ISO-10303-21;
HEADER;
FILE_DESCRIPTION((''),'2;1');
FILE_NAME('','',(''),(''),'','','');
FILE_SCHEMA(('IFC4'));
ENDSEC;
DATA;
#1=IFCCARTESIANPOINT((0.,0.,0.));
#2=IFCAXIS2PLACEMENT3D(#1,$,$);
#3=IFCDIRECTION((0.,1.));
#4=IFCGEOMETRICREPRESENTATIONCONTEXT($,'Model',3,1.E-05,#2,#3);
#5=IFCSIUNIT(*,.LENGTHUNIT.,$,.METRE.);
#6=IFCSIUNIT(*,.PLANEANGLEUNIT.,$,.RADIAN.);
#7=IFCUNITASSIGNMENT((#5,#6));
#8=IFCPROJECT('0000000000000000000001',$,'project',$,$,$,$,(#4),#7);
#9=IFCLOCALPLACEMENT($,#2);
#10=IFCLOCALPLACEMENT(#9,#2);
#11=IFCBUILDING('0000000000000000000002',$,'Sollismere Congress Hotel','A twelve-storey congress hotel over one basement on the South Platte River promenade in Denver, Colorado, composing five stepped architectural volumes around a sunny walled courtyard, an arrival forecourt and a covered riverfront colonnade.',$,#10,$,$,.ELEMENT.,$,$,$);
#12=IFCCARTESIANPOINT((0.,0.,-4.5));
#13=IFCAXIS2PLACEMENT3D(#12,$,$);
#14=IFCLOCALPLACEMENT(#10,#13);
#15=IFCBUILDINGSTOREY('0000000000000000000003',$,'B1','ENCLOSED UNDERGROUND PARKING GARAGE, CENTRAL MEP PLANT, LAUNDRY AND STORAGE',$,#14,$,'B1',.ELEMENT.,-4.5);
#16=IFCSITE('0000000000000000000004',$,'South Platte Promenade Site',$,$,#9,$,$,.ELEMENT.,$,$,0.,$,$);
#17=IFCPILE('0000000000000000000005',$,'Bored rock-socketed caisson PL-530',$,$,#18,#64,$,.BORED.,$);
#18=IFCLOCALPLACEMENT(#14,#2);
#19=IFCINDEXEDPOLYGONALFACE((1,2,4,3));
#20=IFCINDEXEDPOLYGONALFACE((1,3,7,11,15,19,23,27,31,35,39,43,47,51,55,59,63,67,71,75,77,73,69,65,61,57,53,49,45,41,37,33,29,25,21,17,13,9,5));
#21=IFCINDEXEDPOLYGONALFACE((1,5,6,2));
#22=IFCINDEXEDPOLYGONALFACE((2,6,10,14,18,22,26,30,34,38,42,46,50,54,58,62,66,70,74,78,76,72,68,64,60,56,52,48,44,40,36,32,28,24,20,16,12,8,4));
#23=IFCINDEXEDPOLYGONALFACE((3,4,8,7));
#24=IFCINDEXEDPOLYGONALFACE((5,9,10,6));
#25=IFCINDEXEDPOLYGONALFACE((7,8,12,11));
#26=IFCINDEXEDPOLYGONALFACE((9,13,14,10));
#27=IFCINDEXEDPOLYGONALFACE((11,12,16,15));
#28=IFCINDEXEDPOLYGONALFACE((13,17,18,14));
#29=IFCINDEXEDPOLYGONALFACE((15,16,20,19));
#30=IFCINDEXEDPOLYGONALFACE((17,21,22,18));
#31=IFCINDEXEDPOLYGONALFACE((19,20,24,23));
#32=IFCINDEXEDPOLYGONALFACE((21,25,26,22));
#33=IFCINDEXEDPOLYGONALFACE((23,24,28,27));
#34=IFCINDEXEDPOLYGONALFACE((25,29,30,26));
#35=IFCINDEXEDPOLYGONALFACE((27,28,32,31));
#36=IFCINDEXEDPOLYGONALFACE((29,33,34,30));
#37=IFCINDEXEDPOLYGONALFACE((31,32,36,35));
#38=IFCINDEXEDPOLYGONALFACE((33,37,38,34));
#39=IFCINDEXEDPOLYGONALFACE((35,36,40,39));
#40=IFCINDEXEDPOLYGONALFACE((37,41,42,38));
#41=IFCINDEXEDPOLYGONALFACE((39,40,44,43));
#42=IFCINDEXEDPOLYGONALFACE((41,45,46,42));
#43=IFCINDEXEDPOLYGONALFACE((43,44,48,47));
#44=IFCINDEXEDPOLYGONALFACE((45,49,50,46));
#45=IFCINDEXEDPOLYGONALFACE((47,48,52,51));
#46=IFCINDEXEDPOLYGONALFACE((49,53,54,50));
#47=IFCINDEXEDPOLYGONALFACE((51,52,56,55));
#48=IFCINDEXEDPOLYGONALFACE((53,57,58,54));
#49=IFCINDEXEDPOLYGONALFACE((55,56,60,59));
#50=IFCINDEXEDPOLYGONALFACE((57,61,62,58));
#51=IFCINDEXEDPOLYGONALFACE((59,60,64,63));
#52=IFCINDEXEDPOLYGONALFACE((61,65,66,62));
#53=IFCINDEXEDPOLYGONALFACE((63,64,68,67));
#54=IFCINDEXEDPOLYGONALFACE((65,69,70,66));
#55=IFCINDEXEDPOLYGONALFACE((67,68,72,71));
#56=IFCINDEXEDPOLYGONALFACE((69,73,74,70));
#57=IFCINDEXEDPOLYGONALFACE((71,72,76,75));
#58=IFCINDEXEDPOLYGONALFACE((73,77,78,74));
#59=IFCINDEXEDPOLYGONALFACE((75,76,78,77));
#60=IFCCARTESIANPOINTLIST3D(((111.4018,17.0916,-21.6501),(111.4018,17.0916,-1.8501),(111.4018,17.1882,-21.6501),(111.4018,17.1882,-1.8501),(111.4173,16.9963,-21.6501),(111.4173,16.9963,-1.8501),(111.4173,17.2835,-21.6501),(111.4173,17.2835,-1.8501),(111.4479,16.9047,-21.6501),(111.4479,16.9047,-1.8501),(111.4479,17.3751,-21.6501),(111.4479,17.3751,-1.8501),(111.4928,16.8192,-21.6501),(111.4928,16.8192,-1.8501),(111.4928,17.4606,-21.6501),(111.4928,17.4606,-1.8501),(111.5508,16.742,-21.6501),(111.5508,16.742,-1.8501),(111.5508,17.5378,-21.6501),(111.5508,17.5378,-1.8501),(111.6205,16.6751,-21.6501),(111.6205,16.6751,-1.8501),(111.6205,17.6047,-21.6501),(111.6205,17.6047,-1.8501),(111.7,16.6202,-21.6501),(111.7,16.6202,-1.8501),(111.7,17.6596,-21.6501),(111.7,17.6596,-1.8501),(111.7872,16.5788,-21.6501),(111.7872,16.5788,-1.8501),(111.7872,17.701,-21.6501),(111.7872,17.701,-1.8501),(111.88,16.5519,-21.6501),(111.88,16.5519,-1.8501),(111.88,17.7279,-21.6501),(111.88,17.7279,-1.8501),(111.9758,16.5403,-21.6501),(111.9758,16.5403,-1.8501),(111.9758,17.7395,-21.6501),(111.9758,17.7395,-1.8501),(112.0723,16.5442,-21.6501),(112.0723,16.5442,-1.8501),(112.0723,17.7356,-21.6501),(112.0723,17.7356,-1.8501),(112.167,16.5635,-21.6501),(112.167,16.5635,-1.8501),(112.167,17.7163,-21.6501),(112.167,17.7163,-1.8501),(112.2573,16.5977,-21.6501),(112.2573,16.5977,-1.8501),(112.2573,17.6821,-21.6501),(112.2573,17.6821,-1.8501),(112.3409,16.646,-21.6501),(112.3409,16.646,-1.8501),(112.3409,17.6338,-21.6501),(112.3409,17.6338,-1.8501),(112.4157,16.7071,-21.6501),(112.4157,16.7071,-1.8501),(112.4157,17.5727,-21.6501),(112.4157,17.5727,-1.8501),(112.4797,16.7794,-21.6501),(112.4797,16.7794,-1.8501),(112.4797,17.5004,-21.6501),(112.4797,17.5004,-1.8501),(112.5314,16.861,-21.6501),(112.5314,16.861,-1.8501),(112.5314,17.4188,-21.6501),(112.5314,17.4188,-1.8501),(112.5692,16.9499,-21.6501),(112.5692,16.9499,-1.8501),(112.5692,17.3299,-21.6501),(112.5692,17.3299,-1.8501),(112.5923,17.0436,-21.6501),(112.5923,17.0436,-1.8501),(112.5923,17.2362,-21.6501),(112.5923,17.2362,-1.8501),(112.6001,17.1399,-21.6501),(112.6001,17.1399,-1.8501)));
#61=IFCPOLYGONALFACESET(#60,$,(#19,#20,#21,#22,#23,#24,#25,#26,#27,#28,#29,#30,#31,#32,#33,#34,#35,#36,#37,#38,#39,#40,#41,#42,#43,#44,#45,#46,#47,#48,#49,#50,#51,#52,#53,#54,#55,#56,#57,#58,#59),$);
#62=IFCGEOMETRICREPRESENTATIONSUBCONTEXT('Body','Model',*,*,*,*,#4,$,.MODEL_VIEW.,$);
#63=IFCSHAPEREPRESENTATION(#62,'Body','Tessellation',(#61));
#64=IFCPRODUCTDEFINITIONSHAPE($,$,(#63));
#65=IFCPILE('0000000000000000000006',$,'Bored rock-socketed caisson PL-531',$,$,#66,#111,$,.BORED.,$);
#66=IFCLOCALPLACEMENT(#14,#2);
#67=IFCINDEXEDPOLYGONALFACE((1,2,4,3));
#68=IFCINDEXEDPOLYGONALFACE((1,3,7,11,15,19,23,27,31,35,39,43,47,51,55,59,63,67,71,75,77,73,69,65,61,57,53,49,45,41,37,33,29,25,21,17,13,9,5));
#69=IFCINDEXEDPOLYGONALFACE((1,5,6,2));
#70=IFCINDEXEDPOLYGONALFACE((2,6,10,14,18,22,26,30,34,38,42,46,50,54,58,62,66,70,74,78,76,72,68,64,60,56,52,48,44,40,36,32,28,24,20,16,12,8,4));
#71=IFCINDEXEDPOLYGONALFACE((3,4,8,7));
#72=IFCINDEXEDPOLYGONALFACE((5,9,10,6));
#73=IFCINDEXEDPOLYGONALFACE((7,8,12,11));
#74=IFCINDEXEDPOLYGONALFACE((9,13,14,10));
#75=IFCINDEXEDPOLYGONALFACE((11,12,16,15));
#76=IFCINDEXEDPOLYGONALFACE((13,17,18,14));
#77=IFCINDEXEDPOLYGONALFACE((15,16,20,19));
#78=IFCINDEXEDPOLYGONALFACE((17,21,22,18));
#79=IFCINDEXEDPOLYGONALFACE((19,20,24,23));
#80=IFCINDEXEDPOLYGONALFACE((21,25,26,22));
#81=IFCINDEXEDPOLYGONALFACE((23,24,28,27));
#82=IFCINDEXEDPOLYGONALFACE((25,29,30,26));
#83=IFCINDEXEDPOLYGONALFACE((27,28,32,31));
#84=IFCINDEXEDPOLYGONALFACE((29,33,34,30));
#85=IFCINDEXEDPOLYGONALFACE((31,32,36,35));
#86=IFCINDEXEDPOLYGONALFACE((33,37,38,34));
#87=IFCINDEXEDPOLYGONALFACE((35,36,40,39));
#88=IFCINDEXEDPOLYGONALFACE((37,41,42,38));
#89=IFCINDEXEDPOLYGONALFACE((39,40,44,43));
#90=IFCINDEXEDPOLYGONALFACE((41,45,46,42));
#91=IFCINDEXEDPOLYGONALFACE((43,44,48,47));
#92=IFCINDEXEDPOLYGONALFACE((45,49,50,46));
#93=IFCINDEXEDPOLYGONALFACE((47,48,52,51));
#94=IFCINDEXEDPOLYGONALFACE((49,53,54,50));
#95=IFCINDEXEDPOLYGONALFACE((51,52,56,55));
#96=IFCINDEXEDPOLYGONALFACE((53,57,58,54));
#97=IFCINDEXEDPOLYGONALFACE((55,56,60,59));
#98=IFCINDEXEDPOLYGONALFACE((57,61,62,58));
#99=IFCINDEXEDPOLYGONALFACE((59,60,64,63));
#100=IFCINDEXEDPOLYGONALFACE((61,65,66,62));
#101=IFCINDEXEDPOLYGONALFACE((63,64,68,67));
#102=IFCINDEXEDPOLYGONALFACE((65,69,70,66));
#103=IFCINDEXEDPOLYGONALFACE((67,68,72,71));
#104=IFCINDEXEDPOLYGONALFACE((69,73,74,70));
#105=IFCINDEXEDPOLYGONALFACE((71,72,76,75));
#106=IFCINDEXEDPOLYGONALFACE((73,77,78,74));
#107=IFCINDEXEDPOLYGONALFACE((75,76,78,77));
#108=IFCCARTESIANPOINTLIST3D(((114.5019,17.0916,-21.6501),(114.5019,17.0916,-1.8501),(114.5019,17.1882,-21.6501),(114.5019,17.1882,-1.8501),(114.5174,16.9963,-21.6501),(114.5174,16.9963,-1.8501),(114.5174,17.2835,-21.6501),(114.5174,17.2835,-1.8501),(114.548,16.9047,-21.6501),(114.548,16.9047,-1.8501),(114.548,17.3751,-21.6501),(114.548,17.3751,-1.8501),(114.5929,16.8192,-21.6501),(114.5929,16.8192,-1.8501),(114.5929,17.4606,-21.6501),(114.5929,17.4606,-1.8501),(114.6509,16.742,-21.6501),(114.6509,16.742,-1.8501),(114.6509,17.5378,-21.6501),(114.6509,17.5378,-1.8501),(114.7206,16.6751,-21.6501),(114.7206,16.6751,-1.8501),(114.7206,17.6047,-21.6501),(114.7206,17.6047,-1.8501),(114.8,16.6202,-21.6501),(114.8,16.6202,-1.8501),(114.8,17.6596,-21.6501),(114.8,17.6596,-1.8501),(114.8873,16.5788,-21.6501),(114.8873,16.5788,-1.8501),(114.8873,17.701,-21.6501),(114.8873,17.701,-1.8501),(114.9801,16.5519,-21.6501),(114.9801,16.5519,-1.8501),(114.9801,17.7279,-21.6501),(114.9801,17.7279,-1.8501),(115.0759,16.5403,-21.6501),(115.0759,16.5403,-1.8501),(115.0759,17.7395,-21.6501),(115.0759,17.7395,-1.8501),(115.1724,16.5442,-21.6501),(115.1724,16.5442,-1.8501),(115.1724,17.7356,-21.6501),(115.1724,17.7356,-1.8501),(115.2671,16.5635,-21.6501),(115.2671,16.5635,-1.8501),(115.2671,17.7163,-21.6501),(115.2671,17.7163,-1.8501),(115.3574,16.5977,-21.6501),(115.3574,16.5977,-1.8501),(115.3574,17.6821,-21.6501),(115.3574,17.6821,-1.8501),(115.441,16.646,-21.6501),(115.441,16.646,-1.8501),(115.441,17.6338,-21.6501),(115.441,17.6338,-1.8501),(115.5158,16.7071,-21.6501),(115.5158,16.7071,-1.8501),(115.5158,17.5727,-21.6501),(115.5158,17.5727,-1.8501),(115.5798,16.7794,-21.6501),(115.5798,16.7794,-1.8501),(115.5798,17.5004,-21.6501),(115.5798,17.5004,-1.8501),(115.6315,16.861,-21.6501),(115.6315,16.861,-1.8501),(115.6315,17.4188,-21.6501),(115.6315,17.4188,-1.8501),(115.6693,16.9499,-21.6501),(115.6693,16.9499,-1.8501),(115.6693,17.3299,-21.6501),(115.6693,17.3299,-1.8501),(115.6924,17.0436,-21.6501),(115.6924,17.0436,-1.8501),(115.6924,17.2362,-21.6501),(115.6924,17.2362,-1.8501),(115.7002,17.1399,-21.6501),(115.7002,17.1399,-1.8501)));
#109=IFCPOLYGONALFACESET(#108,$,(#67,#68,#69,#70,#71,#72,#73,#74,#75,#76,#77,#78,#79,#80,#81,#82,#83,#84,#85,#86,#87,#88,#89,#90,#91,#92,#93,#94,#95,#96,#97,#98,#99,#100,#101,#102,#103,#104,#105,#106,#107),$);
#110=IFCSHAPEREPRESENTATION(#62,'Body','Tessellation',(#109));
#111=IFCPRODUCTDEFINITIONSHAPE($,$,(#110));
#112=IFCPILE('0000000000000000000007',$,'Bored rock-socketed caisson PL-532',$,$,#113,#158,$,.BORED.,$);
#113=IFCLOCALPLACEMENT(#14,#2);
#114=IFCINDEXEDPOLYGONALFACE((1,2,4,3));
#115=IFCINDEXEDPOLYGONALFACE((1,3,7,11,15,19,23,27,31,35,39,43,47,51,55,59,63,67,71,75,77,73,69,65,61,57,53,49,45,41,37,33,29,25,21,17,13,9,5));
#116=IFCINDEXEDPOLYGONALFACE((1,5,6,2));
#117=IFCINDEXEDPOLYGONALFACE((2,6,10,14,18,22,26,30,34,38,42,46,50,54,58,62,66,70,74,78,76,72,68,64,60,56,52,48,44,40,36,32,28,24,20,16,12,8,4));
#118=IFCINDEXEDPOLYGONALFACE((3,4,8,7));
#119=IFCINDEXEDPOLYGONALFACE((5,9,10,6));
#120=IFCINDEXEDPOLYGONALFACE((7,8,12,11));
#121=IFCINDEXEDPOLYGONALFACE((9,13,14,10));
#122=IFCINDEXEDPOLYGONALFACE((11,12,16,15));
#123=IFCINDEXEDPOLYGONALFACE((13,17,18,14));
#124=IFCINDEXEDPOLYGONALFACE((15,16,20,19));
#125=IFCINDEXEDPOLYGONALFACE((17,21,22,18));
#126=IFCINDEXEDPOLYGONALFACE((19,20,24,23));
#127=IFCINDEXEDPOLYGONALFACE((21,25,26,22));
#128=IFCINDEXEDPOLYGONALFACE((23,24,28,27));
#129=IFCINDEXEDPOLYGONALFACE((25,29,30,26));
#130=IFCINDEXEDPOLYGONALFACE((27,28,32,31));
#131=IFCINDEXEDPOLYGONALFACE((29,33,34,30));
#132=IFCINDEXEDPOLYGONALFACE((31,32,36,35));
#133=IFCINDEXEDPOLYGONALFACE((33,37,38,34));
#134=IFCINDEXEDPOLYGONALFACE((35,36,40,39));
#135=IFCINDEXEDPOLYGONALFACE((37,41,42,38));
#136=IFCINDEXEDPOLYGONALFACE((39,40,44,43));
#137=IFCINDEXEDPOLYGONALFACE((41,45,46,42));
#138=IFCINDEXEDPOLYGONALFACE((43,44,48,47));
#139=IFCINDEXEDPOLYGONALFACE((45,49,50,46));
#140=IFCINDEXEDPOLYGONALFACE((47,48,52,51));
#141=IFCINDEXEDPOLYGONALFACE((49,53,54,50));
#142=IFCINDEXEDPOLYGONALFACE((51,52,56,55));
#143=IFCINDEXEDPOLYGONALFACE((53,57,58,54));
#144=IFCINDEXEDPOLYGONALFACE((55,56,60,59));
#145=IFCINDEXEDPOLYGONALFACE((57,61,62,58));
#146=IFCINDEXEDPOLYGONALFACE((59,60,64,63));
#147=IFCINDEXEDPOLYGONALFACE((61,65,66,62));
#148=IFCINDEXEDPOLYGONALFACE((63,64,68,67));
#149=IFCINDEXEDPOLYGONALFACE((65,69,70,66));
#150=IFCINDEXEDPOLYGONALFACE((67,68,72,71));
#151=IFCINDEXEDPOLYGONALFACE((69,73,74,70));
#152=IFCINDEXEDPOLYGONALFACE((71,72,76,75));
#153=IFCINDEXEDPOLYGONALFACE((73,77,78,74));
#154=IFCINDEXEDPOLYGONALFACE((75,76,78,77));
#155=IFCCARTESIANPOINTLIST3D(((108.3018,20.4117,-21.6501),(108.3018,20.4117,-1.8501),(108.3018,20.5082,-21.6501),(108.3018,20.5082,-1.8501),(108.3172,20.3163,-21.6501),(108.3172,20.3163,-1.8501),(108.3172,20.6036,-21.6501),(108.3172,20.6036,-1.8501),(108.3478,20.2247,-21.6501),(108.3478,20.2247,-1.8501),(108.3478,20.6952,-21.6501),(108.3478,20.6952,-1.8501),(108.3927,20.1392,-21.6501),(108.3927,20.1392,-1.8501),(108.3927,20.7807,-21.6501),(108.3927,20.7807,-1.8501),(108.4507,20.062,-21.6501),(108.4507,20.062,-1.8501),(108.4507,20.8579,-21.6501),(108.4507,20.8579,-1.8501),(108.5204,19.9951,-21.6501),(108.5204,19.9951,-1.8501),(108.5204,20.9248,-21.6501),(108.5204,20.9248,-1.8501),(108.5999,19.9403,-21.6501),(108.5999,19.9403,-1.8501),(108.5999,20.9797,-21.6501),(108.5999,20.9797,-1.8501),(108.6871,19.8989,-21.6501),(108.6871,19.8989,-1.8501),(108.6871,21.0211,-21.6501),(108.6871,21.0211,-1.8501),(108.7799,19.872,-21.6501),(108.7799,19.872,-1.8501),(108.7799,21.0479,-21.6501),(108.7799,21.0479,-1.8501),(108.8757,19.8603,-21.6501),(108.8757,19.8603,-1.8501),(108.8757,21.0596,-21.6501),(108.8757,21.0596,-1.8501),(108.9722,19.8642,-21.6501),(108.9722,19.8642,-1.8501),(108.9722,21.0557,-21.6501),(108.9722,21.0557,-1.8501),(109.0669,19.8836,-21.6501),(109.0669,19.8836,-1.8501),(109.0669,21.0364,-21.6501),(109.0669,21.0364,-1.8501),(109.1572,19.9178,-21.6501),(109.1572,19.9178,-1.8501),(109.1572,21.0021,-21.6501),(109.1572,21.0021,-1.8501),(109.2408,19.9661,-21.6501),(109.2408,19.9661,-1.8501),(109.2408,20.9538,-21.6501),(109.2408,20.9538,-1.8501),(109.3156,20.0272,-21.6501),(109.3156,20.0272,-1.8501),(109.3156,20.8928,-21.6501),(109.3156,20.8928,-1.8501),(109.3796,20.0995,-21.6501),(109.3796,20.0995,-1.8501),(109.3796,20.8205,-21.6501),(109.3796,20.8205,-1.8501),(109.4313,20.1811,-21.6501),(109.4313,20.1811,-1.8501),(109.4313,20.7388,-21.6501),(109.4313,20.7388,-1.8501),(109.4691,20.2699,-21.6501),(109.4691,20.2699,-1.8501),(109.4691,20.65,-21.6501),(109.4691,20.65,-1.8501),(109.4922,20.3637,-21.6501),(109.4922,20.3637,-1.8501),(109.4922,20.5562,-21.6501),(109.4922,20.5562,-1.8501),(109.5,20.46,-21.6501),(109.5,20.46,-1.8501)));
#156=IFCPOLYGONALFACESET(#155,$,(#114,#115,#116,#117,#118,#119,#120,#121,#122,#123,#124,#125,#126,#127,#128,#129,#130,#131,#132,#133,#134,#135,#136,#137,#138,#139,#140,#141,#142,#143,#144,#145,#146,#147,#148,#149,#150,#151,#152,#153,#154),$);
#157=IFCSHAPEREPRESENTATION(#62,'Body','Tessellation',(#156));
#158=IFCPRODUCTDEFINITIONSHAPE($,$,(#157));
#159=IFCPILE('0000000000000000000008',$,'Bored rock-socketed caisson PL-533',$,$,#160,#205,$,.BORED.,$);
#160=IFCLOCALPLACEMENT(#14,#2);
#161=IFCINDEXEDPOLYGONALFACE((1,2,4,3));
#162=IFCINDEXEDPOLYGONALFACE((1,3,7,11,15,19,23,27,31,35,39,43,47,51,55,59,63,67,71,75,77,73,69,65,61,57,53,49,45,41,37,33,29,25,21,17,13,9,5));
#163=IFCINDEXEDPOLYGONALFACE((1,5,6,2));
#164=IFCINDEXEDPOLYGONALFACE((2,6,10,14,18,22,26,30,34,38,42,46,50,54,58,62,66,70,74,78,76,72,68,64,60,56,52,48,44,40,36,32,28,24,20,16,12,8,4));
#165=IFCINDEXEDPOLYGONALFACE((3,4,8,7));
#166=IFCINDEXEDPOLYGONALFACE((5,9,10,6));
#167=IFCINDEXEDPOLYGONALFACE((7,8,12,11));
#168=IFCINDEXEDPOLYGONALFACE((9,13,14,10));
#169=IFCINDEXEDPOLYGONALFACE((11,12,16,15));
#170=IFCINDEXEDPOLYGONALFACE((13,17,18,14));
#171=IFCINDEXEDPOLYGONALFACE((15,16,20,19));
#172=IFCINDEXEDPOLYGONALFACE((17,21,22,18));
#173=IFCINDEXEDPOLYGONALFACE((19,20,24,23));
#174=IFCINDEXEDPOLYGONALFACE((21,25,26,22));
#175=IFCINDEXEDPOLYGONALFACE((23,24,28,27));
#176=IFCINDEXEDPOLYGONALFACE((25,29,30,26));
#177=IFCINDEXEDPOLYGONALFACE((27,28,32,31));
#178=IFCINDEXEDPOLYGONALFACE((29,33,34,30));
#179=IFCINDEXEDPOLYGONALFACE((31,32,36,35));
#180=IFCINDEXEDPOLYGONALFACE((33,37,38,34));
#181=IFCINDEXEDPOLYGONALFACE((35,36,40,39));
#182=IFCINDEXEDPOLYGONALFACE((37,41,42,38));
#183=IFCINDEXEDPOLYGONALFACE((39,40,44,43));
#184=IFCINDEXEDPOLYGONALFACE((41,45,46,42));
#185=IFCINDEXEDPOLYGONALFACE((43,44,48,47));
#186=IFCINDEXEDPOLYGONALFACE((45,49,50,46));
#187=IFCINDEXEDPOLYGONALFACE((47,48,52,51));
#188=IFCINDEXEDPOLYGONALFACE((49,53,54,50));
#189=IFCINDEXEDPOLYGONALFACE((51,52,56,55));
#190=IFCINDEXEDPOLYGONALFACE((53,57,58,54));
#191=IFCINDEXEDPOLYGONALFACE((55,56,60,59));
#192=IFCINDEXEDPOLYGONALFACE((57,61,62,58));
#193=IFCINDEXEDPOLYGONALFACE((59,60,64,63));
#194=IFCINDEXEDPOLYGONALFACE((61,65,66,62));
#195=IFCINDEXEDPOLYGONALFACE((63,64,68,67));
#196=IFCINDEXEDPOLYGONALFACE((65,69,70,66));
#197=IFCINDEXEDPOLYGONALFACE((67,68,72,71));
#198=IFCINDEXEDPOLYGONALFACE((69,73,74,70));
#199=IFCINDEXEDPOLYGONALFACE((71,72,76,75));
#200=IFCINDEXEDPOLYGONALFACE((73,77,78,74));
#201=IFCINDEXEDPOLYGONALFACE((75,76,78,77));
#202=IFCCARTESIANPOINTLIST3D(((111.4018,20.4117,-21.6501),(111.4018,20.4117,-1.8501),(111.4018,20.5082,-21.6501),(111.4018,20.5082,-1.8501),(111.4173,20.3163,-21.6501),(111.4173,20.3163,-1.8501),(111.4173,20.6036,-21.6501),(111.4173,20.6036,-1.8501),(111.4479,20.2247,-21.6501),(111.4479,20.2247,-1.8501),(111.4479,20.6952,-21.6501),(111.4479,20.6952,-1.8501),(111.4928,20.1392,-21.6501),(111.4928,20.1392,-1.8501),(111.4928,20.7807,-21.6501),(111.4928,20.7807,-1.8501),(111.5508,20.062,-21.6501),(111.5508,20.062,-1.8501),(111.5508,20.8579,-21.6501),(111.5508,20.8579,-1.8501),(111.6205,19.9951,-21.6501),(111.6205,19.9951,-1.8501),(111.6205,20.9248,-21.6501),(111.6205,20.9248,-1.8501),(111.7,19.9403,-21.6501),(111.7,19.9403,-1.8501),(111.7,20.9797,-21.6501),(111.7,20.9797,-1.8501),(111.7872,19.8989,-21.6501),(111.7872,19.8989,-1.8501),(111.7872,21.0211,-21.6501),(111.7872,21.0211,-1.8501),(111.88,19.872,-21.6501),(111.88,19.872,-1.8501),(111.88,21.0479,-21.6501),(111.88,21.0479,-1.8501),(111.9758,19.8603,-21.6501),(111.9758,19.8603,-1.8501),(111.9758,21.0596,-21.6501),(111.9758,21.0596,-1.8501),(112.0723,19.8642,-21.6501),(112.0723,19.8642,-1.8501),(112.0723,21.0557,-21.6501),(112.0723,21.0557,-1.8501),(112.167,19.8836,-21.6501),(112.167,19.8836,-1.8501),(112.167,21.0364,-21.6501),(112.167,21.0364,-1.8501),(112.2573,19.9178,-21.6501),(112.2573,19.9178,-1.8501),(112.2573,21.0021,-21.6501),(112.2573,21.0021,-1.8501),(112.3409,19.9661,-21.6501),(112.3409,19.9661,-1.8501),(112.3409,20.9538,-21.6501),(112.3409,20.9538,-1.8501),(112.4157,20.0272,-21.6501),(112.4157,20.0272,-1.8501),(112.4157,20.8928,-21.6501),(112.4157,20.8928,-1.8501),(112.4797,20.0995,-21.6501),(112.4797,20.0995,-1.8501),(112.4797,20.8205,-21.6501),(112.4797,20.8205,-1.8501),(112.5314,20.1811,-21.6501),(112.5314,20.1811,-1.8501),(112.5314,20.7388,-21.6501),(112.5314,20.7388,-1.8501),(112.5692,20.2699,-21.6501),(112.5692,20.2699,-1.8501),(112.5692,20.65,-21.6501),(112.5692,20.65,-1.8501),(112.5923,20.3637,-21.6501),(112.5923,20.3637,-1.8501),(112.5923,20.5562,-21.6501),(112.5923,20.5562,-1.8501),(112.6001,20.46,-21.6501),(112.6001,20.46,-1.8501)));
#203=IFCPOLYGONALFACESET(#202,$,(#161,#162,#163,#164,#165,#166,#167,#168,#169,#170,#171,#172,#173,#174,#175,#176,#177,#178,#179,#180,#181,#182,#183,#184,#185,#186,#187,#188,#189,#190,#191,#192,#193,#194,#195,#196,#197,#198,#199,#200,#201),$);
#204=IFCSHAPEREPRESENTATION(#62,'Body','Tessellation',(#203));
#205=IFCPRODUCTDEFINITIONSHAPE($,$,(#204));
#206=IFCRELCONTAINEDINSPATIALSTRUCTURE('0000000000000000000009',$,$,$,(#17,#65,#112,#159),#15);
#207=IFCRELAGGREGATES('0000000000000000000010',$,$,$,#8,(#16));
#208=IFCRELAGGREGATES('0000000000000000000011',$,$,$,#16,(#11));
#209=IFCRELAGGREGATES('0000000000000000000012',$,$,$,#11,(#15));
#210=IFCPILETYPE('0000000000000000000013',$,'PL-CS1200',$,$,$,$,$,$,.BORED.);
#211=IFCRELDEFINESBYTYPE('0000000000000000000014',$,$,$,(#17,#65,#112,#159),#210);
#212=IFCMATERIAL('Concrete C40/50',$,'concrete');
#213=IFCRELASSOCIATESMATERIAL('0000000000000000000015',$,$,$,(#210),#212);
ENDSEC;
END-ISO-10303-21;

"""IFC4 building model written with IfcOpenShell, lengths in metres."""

from ifc_helpers import new_model, si_unit, direction, frame, origin, origin_2d, place, context, subcontext, project, spatial, circle, extrude, material, material_profile, profile_set, type_object, element, save


model = new_model("IFC4")

# Units and contexts
model_context = context("Model", 3, precision=1e-05, world=origin(), true_north=direction((0.0, 1.0)))
body_context = subcontext(model_context, "Body", "Model", "MODEL_VIEW")
ifc_project = project(units=[si_unit("LENGTHUNIT", "METRE"), si_unit("PLANEANGLEUNIT", "RADIAN")], contexts=[model_context])

# Site, building, storey
site_placement = place(None, origin())
site = spatial("IfcSite", under=ifc_project, at=site_placement, Name="South Platte Promenade Site", CompositionType="ELEMENT", RefElevation=0.0)
building_placement = place(site_placement, origin())
building = spatial("IfcBuilding", under=site, at=building_placement, Name="Sollismere Congress Hotel", Description="A twelve-storey congress hotel over one basement on the South Platte River promenade in Denver, Colorado, composing five stepped architectural volumes around a sunny walled courtyard, an arrival forecourt and a covered riverfront colonnade.", CompositionType="ELEMENT")
storey_placement = place(building_placement, frame((0.0, 0.0, -4.5)))
storey = spatial("IfcBuildingStorey", under=building, at=storey_placement, Name="B1", Description="ENCLOSED UNDERGROUND PARKING GARAGE, CENTRAL MEP PLANT, LAUNDRY AND STORAGE", LongName="B1", CompositionType="ELEMENT", Elevation=-4.5)

# Shared definitions
ifc_material_1 = material(Name="Concrete C40/50", Category="concrete")

# Piles
ifc_material_profile_1 = material_profile(ifc_material_1, circle(Radius=0.6001, at=origin_2d()), Name="CAISSON1200")
ifc_profile_set_1 = profile_set([ifc_material_profile_1], Name="Concrete C40/50")
pile_type = type_object("IfcPileType", Name="PL-CS1200", PredefinedType="BORED", material=ifc_profile_set_1)
for number, where, z_axis, x_axis, name in (
    (1, (112.0, 17.1399, -1.8501), (0.0, 0.0, -1.0), (1.0, 0.0, 0.0), "Bored rock-socketed caisson PL-530"),
    (2, (115.1001, 17.1399, -1.8501), (0.0, 0.0, -1.0), (1.0, 0.0, 0.0), "Bored rock-socketed caisson PL-531"),
    (3, (108.8999, 20.46, -1.8501), (0.0, 0.0, -1.0), (1.0, 0.0, 0.0), "Bored rock-socketed caisson PL-532"),
    (4, (112.0, 20.46, -1.8501), (0.0, 0.0, -1.0), (1.0, 0.0, 0.0), "Bored rock-socketed caisson PL-533"),
):
    element("IfcPile", number, at=place(storey_placement, frame(where, z_axis=z_axis, x_axis=x_axis)), inside=storey, type_object=pile_type, Name=name, PredefinedType="BORED", context=body_context, shape_type="SweptSolid", body=[
        extrude(circle(Radius=0.6001, at=origin_2d()), origin(), (0.0, 0.0, 1.0), 19.8),
    ])

save(model, "model.ifc")
